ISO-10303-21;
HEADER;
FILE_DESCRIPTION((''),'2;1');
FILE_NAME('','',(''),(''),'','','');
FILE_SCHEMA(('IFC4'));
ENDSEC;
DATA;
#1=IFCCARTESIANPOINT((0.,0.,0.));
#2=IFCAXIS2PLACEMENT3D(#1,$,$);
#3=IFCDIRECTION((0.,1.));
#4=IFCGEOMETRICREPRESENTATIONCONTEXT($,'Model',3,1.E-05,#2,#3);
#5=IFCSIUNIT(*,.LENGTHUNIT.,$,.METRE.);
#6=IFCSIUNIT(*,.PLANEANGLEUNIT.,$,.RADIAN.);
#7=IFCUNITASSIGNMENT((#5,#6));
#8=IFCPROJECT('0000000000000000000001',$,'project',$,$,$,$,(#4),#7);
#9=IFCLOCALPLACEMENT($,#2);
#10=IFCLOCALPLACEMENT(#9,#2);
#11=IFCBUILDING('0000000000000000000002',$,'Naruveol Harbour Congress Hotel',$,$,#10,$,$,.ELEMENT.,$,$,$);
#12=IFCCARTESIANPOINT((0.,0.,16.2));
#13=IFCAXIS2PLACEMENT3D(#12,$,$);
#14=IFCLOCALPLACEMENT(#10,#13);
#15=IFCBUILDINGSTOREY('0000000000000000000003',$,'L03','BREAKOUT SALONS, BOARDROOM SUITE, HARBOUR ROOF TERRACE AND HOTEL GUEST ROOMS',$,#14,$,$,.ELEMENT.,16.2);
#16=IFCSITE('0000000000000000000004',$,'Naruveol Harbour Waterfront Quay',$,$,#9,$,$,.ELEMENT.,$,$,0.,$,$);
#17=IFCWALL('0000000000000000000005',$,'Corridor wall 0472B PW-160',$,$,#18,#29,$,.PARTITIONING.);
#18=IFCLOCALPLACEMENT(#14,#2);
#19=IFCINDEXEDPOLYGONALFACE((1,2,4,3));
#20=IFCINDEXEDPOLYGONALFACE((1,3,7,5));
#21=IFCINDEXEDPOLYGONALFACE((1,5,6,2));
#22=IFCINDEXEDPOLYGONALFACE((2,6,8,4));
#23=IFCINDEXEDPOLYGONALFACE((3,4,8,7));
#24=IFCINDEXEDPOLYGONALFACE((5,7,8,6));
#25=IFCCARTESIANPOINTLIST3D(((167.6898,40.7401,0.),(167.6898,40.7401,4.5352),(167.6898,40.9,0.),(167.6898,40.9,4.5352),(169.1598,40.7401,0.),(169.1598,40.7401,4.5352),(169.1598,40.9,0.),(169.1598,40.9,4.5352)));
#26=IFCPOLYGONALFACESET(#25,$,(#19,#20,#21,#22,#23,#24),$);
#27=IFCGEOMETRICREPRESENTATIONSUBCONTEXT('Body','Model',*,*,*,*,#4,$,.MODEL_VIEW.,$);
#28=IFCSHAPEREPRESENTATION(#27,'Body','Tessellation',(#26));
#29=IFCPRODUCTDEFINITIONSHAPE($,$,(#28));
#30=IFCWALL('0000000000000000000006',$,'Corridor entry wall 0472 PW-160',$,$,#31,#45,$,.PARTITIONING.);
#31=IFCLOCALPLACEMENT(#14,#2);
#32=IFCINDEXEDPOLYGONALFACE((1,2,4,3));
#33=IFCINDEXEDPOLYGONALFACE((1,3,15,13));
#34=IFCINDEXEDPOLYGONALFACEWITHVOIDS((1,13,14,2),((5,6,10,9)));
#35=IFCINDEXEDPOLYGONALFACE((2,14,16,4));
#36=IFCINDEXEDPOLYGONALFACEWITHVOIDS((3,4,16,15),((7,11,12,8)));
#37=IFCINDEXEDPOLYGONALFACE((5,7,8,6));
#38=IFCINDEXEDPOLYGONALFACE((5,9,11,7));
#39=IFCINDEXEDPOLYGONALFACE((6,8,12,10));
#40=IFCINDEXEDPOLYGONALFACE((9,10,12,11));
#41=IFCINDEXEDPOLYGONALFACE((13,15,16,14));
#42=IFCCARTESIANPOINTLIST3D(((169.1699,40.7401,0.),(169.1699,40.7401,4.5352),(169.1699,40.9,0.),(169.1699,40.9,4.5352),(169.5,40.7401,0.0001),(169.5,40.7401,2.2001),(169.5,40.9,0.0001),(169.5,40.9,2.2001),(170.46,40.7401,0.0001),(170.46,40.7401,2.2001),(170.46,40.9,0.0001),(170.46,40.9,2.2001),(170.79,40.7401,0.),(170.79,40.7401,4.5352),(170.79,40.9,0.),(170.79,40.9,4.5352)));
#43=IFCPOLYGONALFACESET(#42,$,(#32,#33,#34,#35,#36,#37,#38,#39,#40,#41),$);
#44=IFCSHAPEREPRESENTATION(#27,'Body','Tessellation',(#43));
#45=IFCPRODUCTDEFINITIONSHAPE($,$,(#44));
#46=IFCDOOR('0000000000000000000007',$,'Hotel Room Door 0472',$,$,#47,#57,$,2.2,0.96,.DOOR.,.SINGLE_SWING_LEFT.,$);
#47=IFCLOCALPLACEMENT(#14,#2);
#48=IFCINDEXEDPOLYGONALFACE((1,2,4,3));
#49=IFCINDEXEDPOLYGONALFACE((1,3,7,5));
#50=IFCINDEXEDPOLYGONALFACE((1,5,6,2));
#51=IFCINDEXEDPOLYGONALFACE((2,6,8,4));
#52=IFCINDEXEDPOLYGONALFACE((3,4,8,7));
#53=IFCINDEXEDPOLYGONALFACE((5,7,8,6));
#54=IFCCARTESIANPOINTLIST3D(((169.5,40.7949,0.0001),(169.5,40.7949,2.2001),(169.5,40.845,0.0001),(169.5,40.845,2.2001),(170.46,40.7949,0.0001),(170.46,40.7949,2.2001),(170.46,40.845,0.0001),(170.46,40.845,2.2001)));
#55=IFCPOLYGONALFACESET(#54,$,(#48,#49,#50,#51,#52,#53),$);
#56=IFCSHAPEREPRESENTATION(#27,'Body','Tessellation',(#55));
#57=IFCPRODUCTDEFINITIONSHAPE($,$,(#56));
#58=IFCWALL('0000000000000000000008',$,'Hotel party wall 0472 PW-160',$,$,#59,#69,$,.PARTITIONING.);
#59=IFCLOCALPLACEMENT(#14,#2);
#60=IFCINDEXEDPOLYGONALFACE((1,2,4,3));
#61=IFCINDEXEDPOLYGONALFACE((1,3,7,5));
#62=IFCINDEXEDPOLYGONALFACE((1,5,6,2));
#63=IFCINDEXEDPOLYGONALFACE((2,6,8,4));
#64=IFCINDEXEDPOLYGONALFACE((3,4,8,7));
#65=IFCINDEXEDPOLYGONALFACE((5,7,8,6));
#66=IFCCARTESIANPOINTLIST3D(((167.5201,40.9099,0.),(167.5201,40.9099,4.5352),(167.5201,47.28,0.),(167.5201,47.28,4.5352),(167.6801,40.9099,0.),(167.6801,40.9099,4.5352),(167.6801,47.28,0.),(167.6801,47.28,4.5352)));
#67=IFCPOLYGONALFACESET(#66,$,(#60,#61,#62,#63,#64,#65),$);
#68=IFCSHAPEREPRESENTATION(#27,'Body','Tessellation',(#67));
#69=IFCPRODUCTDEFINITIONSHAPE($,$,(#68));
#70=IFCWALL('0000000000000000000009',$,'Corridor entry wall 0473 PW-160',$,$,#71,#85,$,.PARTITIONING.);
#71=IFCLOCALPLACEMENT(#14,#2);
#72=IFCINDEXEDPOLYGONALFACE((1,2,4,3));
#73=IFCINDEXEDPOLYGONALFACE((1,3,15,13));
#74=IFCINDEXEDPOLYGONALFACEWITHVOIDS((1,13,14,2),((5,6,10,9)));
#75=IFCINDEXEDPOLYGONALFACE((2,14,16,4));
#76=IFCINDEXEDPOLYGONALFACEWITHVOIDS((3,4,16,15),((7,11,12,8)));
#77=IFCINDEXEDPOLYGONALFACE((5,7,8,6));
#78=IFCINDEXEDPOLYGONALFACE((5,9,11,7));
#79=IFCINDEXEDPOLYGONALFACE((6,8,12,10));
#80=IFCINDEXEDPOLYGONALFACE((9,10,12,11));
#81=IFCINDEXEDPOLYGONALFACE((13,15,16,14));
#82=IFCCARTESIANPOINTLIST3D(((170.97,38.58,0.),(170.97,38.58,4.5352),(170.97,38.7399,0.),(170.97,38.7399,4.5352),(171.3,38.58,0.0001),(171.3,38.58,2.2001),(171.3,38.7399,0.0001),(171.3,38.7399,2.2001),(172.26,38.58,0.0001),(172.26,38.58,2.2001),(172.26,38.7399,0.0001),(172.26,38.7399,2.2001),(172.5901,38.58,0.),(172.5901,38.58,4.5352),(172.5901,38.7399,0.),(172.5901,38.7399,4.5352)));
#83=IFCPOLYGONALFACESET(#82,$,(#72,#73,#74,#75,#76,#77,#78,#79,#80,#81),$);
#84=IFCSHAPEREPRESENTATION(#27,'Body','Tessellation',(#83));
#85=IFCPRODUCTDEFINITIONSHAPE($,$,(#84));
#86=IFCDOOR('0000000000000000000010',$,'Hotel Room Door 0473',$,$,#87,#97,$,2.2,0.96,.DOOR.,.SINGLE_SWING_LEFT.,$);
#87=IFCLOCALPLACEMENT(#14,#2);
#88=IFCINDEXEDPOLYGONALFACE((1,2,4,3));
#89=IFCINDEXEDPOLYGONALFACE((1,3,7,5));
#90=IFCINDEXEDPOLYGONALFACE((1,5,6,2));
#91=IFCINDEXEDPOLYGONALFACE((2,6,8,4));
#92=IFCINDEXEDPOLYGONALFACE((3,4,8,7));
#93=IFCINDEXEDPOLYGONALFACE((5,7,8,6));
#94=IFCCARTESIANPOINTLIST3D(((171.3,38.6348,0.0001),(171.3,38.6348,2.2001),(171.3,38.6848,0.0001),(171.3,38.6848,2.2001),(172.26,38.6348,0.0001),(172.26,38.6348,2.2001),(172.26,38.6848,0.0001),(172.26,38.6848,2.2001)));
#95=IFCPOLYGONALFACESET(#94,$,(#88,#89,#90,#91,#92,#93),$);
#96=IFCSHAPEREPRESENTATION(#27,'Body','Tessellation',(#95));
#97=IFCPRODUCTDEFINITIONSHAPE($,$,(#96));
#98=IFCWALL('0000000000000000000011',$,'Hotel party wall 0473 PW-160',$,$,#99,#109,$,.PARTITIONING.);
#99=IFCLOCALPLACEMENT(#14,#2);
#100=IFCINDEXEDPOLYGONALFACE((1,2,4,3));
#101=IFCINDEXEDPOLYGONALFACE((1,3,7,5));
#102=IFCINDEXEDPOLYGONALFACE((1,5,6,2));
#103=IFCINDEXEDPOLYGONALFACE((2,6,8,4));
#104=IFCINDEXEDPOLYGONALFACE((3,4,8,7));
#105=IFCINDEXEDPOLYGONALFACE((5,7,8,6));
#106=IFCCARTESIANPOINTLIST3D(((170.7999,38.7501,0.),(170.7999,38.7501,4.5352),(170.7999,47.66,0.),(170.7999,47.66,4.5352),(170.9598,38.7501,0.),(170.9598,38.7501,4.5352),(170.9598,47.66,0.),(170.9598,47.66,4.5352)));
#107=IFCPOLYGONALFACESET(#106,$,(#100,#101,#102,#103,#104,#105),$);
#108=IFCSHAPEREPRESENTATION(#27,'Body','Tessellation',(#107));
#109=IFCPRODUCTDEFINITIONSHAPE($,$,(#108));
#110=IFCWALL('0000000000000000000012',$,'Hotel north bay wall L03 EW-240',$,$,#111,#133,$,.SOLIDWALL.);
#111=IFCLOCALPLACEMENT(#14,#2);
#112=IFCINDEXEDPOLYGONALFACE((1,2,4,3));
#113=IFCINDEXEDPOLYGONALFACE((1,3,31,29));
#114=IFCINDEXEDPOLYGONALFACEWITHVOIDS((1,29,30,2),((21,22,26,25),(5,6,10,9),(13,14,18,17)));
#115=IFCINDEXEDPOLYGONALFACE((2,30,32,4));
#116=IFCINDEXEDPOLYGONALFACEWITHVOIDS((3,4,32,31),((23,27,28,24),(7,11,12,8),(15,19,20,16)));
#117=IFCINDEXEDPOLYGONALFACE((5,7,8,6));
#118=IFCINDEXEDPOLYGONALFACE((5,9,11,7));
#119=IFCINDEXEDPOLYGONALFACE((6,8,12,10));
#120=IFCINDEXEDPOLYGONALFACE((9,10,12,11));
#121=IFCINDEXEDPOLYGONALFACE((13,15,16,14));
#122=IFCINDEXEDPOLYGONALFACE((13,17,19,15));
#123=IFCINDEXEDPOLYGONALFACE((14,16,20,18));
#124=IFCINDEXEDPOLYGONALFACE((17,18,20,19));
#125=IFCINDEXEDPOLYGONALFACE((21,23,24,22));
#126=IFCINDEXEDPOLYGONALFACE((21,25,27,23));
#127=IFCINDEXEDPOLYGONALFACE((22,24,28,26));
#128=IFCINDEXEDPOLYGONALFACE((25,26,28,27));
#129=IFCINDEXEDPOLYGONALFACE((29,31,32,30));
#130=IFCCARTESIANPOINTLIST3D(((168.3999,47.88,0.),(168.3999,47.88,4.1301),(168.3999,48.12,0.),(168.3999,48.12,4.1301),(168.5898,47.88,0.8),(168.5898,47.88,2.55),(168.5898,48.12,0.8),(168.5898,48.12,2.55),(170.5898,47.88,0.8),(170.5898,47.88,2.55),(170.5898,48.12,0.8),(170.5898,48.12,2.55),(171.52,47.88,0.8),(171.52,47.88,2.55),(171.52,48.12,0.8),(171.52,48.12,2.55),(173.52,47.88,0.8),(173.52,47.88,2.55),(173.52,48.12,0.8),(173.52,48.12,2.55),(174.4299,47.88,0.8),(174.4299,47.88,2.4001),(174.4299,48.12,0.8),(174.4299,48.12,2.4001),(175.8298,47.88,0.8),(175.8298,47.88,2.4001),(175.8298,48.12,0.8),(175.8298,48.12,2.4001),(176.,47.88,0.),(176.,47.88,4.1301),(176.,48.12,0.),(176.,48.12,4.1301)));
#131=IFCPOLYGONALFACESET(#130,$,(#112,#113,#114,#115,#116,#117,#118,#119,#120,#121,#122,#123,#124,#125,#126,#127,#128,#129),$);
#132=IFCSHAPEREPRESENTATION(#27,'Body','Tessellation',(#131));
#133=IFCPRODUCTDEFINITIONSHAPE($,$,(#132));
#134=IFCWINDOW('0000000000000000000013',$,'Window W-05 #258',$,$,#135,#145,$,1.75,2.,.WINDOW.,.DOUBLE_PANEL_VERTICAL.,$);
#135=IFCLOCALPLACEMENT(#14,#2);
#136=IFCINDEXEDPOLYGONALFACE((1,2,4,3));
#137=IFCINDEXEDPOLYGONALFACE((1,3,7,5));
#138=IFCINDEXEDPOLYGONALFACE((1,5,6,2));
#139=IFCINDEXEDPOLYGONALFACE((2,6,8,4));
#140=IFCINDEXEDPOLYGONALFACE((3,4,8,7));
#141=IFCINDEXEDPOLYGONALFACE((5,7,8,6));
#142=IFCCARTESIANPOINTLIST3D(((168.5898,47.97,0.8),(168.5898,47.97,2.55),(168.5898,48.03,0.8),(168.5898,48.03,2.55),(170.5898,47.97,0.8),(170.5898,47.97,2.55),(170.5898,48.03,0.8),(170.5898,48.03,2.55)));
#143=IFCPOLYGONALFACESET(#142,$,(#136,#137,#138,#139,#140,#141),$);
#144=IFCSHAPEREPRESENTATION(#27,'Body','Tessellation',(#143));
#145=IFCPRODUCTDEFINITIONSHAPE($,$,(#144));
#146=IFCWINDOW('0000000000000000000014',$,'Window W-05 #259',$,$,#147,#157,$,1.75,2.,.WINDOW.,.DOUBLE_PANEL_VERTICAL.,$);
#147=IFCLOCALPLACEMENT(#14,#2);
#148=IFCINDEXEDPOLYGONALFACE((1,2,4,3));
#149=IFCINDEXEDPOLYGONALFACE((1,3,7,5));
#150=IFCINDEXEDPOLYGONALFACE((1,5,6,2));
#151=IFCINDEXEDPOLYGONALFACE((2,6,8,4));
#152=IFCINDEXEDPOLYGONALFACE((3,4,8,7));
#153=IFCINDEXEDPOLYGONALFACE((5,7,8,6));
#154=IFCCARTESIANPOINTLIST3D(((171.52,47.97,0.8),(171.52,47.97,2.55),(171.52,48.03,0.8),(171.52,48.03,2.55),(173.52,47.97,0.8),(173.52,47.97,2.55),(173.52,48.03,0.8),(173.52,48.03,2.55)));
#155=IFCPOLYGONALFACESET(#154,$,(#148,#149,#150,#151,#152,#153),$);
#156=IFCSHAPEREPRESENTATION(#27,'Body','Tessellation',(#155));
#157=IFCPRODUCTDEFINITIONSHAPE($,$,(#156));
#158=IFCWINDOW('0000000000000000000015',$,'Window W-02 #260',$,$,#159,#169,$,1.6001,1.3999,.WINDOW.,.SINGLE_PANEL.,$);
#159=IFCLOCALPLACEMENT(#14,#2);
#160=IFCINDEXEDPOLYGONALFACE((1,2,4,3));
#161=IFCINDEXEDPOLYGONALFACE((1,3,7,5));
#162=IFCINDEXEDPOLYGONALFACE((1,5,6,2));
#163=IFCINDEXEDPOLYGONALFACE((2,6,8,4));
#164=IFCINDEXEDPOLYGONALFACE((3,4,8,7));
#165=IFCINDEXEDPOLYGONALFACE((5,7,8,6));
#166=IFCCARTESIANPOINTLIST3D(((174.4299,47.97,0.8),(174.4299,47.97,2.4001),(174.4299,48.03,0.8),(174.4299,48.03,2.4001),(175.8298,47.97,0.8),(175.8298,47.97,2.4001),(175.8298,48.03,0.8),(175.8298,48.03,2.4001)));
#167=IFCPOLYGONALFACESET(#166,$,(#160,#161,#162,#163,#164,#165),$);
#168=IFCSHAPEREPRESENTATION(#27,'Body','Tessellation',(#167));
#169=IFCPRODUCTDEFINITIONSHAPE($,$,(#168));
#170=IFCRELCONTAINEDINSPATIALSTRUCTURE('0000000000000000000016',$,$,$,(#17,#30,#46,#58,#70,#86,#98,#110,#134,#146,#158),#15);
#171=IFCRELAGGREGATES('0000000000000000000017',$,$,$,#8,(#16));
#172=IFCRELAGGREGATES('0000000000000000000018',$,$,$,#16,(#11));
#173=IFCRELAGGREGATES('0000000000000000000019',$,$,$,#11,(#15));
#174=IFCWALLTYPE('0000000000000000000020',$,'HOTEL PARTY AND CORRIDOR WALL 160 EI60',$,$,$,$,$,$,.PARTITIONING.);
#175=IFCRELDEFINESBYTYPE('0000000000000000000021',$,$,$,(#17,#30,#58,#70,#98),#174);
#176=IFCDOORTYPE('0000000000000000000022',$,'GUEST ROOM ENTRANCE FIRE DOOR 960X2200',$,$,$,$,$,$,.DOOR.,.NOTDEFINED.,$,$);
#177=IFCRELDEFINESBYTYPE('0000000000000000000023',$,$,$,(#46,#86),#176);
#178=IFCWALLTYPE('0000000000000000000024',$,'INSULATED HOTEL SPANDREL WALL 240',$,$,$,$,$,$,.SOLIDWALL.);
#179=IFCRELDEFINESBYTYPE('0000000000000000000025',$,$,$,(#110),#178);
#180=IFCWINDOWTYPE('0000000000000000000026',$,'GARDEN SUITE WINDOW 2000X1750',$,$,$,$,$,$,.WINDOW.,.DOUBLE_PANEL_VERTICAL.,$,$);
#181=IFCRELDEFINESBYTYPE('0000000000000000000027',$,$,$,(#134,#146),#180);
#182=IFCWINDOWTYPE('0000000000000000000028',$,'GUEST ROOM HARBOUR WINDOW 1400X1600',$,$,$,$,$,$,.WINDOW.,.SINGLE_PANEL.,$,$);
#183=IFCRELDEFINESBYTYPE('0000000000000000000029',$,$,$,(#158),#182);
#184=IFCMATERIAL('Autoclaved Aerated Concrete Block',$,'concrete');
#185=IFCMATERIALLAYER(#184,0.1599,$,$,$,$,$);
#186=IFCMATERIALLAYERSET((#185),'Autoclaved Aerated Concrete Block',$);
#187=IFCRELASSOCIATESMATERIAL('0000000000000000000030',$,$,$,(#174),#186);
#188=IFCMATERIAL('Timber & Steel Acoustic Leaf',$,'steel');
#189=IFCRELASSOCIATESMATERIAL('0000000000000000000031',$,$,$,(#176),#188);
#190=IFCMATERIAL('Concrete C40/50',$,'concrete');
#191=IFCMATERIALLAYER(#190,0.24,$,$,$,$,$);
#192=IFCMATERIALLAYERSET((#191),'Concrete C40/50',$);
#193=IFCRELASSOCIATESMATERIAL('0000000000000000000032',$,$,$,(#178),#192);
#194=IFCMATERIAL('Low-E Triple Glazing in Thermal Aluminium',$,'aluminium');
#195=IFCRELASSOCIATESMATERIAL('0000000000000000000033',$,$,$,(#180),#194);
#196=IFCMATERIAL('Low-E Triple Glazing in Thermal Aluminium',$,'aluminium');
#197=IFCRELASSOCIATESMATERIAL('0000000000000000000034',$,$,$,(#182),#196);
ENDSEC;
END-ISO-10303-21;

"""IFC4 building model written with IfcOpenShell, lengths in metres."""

from ifc_helpers import new_model, si_unit, direction, frame, frame_2d, origin, place, context, subcontext, project, spatial, rectangle, extrude, material, layer, layer_set, type_object, element, fill, save


model = new_model("IFC4")

# Units and contexts
model_context = context("Model", 3, precision=1e-05, world=origin(), true_north=direction((0.0, 1.0)))
body_context = subcontext(model_context, "Body", "Model", "MODEL_VIEW")
ifc_project = project(units=[si_unit("LENGTHUNIT", "METRE"), si_unit("PLANEANGLEUNIT", "RADIAN")], contexts=[model_context])

# Site, building, storey
site_placement = place(None, origin())
site = spatial("IfcSite", under=ifc_project, at=site_placement, Name="Naruveol Harbour Waterfront Quay", CompositionType="ELEMENT", RefElevation=0.0)
building_placement = place(site_placement, origin())
building = spatial("IfcBuilding", under=site, at=building_placement, Name="Naruveol Harbour Congress Hotel", CompositionType="ELEMENT")
storey_placement = place(building_placement, frame((0.0, 0.0, 16.2)))
storey = spatial("IfcBuildingStorey", under=building, at=storey_placement, Name="L03", Description="BREAKOUT SALONS, BOARDROOM SUITE, HARBOUR ROOF TERRACE AND HOTEL GUEST ROOMS", CompositionType="ELEMENT", Elevation=16.2)

# Wall
ifc_material_1 = material(Name="Autoclaved Aerated Concrete Block", Category="concrete")
ifc_layer_1 = layer(ifc_material_1, 0.1599)
ifc_layer_set_1 = layer_set([ifc_layer_1], Name="Autoclaved Aerated Concrete Block")
wall_type_1 = type_object("IfcWallType", Name="HOTEL PARTY AND CORRIDOR WALL 160 EI60", PredefinedType="PARTITIONING", material=ifc_layer_set_1)
wall_1_placement = place(storey_placement, frame((167.6899, 40.8201, 0.0), z_axis=(0.0, 0.0, 1.0), x_axis=(1.0, 0.0, 0.0)))
element("IfcWall", 1, at=wall_1_placement, inside=storey, type_object=wall_type_1, Name="Corridor wall 0472B PW-160", PredefinedType="PARTITIONING", context=body_context, shape_type="SweptSolid", body=[
    extrude(rectangle(XDim=1.47, YDim=0.1599, at=frame_2d((0.7349, 0.0))), origin(), (0.0, 0.0, 1.0), 4.5352),
])

# Wall, opening, door
wall_2_placement = place(storey_placement, frame((169.1699, 40.8201, 0.0), z_axis=(0.0, 0.0, 1.0), x_axis=(1.0, 0.0, 0.0)))
wall_2 = element("IfcWall", 2, at=wall_2_placement, inside=storey, type_object=wall_type_1, Name="Corridor entry wall 0472 PW-160", PredefinedType="PARTITIONING", context=body_context, shape_type="SweptSolid", body=[
    extrude(rectangle(XDim=1.6201, YDim=0.1599, at=frame_2d((0.8101, 0.0))), origin(), (0.0, 0.0, 1.0), 4.5352),
])
opening_1_placement = place(wall_2_placement, frame((0.3301, 0.0, 0.0)))
opening_1 = element("IfcOpeningElement", 3, at=opening_1_placement, cuts=wall_2, PredefinedType="OPENING", context=body_context, shape_type="SweptSolid", body=[
    extrude(rectangle(XDim=0.96, YDim=2.2, at=frame_2d((0.48, 1.1001))), frame((0.0, 0.0898, 0.0), z_axis=(0.0, -1.0, 0.0), x_axis=(1.0, 0.0, 0.0)), (0.0, 0.0, 1.0), 0.1799),
])
ifc_material_2 = material(Name="Timber & Steel Acoustic Leaf", Category="steel")
door_type_1 = type_object("IfcDoorType", Name="GUEST ROOM ENTRANCE FIRE DOOR 960X2200", OperationType="NOTDEFINED", PredefinedType="DOOR", material=ifc_material_2)
door_1_placement = place(opening_1_placement, origin())
door_1 = element("IfcDoor", 4, at=door_1_placement, inside=storey, type_object=door_type_1, Name="Hotel Room Door 0472", OperationType="SINGLE_SWING_LEFT", OverallHeight=2.2, OverallWidth=0.96, PredefinedType="DOOR", context=body_context, shape_type="SweptSolid", body=[
    extrude(rectangle(XDim=0.96, YDim=2.2, at=frame_2d((0.48, 1.1001))), frame((0.0, 0.0249, 0.0), z_axis=(0.0, -1.0, 0.0), x_axis=(1.0, 0.0, 0.0)), (0.0, 0.0, 1.0), 0.05),
])
fill(opening_1, door_1)

# Wall
wall_3_placement = place(storey_placement, frame((167.6001, 40.9099, 0.0), z_axis=(0.0, 0.0, 1.0), x_axis=(0.0, 1.0, 0.0)))
element("IfcWall", 5, at=wall_3_placement, inside=storey, type_object=wall_type_1, Name="Hotel party wall 0472 PW-160", PredefinedType="PARTITIONING", context=body_context, shape_type="SweptSolid", body=[
    extrude(rectangle(XDim=6.3701, YDim=0.1599, at=frame_2d((3.1851, 0.0))), origin(), (0.0, 0.0, 1.0), 4.5352),
])

# Wall, opening, door
wall_4_placement = place(storey_placement, frame((170.97, 38.6599, 0.0), z_axis=(0.0, 0.0, 1.0), x_axis=(1.0, 0.0, 0.0)))
wall_4 = element("IfcWall", 6, at=wall_4_placement, inside=storey, type_object=wall_type_1, Name="Corridor entry wall 0473 PW-160", PredefinedType="PARTITIONING", context=body_context, shape_type="SweptSolid", body=[
    extrude(rectangle(XDim=1.6201, YDim=0.1599, at=frame_2d((0.8101, 0.0))), origin(), (0.0, 0.0, 1.0), 4.5352),
])
opening_2_placement = place(wall_4_placement, frame((0.3301, 0.0, 0.0)))
opening_2 = element("IfcOpeningElement", 7, at=opening_2_placement, cuts=wall_4, PredefinedType="OPENING", context=body_context, shape_type="SweptSolid", body=[
    extrude(rectangle(XDim=0.96, YDim=2.2, at=frame_2d((0.48, 1.1001))), frame((0.0, 0.0898, 0.0), z_axis=(0.0, -1.0, 0.0), x_axis=(1.0, 0.0, 0.0)), (0.0, 0.0, 1.0), 0.1799),
])
door_2_placement = place(opening_2_placement, origin())
door_2 = element("IfcDoor", 8, at=door_2_placement, inside=storey, type_object=door_type_1, Name="Hotel Room Door 0473", OperationType="SINGLE_SWING_LEFT", OverallHeight=2.2, OverallWidth=0.96, PredefinedType="DOOR", context=body_context, shape_type="SweptSolid", body=[
    extrude(rectangle(XDim=0.96, YDim=2.2, at=frame_2d((0.48, 1.1001))), frame((0.0, 0.0249, 0.0), z_axis=(0.0, -1.0, 0.0), x_axis=(1.0, 0.0, 0.0)), (0.0, 0.0, 1.0), 0.05),
])
fill(opening_2, door_2)

# Wall
wall_5_placement = place(storey_placement, frame((170.8799, 38.75, 0.0), z_axis=(0.0, 0.0, 1.0), x_axis=(0.0, 1.0, 0.0)))
element("IfcWall", 9, at=wall_5_placement, inside=storey, type_object=wall_type_1, Name="Hotel party wall 0473 PW-160", PredefinedType="PARTITIONING", context=body_context, shape_type="SweptSolid", body=[
    extrude(rectangle(XDim=8.9099, YDim=0.1599, at=frame_2d((4.4551, 0.0))), origin(), (0.0, 0.0, 1.0), 4.5352),
])

# Wall, openings, windows
ifc_material_3 = material(Name="Concrete C40/50", Category="concrete")
ifc_layer_2 = layer(ifc_material_3, 0.24)
ifc_layer_set_2 = layer_set([ifc_layer_2], Name="Concrete C40/50")
wall_type_2 = type_object("IfcWallType", Name="INSULATED HOTEL SPANDREL WALL 240", PredefinedType="SOLIDWALL", material=ifc_layer_set_2)
wall_6_placement = place(storey_placement, frame((168.3999, 48.0, 0.0), z_axis=(0.0, 0.0, 1.0), x_axis=(1.0, 0.0, 0.0)))
wall_6 = element("IfcWall", 10, at=wall_6_placement, inside=storey, type_object=wall_type_2, Name="Hotel north bay wall L03 EW-240", PredefinedType="SOLIDWALL", context=body_context, shape_type="SweptSolid", body=[
    extrude(rectangle(XDim=7.6001, YDim=0.24, at=frame_2d((3.8, 0.0))), origin(), (0.0, 0.0, 1.0), 4.1301),
])
opening_3_placement = place(wall_6_placement, frame((0.1899, 0.0, 0.8)))
opening_3 = element("IfcOpeningElement", 11, at=opening_3_placement, cuts=wall_6, PredefinedType="OPENING", context=body_context, shape_type="SweptSolid", body=[
    extrude(rectangle(XDim=2.0, YDim=1.75, at=frame_2d((1.0, 0.875))), frame((0.0, 0.1299, 0.0), z_axis=(0.0, -1.0, 0.0), x_axis=(1.0, 0.0, 0.0)), (0.0, 0.0, 1.0), 0.26),
])
opening_4_placement = place(wall_6_placement, frame((3.1201, 0.0, 0.8)))
opening_4 = element("IfcOpeningElement", 12, at=opening_4_placement, cuts=wall_6, PredefinedType="OPENING", context=body_context, shape_type="SweptSolid", body=[
    extrude(rectangle(XDim=2.0, YDim=1.75, at=frame_2d((1.0, 0.875))), frame((0.0, 0.1299, 0.0), z_axis=(0.0, -1.0, 0.0), x_axis=(1.0, 0.0, 0.0)), (0.0, 0.0, 1.0), 0.26),
])
opening_5_placement = place(wall_6_placement, frame((6.03, 0.0, 0.8)))
opening_5 = element("IfcOpeningElement", 13, at=opening_5_placement, cuts=wall_6, PredefinedType="OPENING", context=body_context, shape_type="SweptSolid", body=[
    extrude(rectangle(XDim=1.3999, YDim=1.6001, at=frame_2d((0.7, 0.8))), frame((0.0, 0.1299, 0.0), z_axis=(0.0, -1.0, 0.0), x_axis=(1.0, 0.0, 0.0)), (0.0, 0.0, 1.0), 0.26),
])
ifc_material_4 = material(Name="Low-E Triple Glazing in Thermal Aluminium", Category="aluminium")
window_type_1 = type_object("IfcWindowType", Name="GARDEN SUITE WINDOW 2000X1750", PartitioningType="DOUBLE_PANEL_VERTICAL", PredefinedType="WINDOW", material=ifc_material_4)
window_1_placement = place(opening_3_placement, origin())
window_1 = element("IfcWindow", 14, at=window_1_placement, inside=storey, type_object=window_type_1, Name="Window W-05 #258", OverallHeight=1.75, OverallWidth=2.0, PartitioningType="DOUBLE_PANEL_VERTICAL", PredefinedType="WINDOW", context=body_context, shape_type="SweptSolid", body=[
    extrude(rectangle(XDim=2.0, YDim=1.75, at=frame_2d((1.0, 0.875))), frame((0.0, 0.03, 0.0), z_axis=(0.0, -1.0, 0.0), x_axis=(1.0, 0.0, 0.0)), (0.0, 0.0, 1.0), 0.0601),
])
fill(opening_3, window_1)
window_2_placement = place(opening_4_placement, origin())
window_2 = element("IfcWindow", 15, at=window_2_placement, inside=storey, type_object=window_type_1, Name="Window W-05 #259", OverallHeight=1.75, OverallWidth=2.0, PartitioningType="DOUBLE_PANEL_VERTICAL", PredefinedType="WINDOW", context=body_context, shape_type="SweptSolid", body=[
    extrude(rectangle(XDim=2.0, YDim=1.75, at=frame_2d((1.0, 0.875))), frame((0.0, 0.03, 0.0), z_axis=(0.0, -1.0, 0.0), x_axis=(1.0, 0.0, 0.0)), (0.0, 0.0, 1.0), 0.0601),
])
fill(opening_4, window_2)
ifc_material_5 = material(Name="Low-E Triple Glazing in Thermal Aluminium", Category="aluminium")
window_type_2 = type_object("IfcWindowType", Name="GUEST ROOM HARBOUR WINDOW 1400X1600", PartitioningType="SINGLE_PANEL", PredefinedType="WINDOW", material=ifc_material_5)
window_3_placement = place(opening_5_placement, origin())
window_3 = element("IfcWindow", 16, at=window_3_placement, inside=storey, type_object=window_type_2, Name="Window W-02 #260", OverallHeight=1.6001, OverallWidth=1.3999, PartitioningType="SINGLE_PANEL", PredefinedType="WINDOW", context=body_context, shape_type="SweptSolid", body=[
    extrude(rectangle(XDim=1.3999, YDim=1.6001, at=frame_2d((0.7, 0.8))), frame((0.0, 0.03, 0.0), z_axis=(0.0, -1.0, 0.0), x_axis=(1.0, 0.0, 0.0)), (0.0, 0.0, 1.0), 0.0601),
])
fill(opening_5, window_3)

save(model, "model.ifc")
